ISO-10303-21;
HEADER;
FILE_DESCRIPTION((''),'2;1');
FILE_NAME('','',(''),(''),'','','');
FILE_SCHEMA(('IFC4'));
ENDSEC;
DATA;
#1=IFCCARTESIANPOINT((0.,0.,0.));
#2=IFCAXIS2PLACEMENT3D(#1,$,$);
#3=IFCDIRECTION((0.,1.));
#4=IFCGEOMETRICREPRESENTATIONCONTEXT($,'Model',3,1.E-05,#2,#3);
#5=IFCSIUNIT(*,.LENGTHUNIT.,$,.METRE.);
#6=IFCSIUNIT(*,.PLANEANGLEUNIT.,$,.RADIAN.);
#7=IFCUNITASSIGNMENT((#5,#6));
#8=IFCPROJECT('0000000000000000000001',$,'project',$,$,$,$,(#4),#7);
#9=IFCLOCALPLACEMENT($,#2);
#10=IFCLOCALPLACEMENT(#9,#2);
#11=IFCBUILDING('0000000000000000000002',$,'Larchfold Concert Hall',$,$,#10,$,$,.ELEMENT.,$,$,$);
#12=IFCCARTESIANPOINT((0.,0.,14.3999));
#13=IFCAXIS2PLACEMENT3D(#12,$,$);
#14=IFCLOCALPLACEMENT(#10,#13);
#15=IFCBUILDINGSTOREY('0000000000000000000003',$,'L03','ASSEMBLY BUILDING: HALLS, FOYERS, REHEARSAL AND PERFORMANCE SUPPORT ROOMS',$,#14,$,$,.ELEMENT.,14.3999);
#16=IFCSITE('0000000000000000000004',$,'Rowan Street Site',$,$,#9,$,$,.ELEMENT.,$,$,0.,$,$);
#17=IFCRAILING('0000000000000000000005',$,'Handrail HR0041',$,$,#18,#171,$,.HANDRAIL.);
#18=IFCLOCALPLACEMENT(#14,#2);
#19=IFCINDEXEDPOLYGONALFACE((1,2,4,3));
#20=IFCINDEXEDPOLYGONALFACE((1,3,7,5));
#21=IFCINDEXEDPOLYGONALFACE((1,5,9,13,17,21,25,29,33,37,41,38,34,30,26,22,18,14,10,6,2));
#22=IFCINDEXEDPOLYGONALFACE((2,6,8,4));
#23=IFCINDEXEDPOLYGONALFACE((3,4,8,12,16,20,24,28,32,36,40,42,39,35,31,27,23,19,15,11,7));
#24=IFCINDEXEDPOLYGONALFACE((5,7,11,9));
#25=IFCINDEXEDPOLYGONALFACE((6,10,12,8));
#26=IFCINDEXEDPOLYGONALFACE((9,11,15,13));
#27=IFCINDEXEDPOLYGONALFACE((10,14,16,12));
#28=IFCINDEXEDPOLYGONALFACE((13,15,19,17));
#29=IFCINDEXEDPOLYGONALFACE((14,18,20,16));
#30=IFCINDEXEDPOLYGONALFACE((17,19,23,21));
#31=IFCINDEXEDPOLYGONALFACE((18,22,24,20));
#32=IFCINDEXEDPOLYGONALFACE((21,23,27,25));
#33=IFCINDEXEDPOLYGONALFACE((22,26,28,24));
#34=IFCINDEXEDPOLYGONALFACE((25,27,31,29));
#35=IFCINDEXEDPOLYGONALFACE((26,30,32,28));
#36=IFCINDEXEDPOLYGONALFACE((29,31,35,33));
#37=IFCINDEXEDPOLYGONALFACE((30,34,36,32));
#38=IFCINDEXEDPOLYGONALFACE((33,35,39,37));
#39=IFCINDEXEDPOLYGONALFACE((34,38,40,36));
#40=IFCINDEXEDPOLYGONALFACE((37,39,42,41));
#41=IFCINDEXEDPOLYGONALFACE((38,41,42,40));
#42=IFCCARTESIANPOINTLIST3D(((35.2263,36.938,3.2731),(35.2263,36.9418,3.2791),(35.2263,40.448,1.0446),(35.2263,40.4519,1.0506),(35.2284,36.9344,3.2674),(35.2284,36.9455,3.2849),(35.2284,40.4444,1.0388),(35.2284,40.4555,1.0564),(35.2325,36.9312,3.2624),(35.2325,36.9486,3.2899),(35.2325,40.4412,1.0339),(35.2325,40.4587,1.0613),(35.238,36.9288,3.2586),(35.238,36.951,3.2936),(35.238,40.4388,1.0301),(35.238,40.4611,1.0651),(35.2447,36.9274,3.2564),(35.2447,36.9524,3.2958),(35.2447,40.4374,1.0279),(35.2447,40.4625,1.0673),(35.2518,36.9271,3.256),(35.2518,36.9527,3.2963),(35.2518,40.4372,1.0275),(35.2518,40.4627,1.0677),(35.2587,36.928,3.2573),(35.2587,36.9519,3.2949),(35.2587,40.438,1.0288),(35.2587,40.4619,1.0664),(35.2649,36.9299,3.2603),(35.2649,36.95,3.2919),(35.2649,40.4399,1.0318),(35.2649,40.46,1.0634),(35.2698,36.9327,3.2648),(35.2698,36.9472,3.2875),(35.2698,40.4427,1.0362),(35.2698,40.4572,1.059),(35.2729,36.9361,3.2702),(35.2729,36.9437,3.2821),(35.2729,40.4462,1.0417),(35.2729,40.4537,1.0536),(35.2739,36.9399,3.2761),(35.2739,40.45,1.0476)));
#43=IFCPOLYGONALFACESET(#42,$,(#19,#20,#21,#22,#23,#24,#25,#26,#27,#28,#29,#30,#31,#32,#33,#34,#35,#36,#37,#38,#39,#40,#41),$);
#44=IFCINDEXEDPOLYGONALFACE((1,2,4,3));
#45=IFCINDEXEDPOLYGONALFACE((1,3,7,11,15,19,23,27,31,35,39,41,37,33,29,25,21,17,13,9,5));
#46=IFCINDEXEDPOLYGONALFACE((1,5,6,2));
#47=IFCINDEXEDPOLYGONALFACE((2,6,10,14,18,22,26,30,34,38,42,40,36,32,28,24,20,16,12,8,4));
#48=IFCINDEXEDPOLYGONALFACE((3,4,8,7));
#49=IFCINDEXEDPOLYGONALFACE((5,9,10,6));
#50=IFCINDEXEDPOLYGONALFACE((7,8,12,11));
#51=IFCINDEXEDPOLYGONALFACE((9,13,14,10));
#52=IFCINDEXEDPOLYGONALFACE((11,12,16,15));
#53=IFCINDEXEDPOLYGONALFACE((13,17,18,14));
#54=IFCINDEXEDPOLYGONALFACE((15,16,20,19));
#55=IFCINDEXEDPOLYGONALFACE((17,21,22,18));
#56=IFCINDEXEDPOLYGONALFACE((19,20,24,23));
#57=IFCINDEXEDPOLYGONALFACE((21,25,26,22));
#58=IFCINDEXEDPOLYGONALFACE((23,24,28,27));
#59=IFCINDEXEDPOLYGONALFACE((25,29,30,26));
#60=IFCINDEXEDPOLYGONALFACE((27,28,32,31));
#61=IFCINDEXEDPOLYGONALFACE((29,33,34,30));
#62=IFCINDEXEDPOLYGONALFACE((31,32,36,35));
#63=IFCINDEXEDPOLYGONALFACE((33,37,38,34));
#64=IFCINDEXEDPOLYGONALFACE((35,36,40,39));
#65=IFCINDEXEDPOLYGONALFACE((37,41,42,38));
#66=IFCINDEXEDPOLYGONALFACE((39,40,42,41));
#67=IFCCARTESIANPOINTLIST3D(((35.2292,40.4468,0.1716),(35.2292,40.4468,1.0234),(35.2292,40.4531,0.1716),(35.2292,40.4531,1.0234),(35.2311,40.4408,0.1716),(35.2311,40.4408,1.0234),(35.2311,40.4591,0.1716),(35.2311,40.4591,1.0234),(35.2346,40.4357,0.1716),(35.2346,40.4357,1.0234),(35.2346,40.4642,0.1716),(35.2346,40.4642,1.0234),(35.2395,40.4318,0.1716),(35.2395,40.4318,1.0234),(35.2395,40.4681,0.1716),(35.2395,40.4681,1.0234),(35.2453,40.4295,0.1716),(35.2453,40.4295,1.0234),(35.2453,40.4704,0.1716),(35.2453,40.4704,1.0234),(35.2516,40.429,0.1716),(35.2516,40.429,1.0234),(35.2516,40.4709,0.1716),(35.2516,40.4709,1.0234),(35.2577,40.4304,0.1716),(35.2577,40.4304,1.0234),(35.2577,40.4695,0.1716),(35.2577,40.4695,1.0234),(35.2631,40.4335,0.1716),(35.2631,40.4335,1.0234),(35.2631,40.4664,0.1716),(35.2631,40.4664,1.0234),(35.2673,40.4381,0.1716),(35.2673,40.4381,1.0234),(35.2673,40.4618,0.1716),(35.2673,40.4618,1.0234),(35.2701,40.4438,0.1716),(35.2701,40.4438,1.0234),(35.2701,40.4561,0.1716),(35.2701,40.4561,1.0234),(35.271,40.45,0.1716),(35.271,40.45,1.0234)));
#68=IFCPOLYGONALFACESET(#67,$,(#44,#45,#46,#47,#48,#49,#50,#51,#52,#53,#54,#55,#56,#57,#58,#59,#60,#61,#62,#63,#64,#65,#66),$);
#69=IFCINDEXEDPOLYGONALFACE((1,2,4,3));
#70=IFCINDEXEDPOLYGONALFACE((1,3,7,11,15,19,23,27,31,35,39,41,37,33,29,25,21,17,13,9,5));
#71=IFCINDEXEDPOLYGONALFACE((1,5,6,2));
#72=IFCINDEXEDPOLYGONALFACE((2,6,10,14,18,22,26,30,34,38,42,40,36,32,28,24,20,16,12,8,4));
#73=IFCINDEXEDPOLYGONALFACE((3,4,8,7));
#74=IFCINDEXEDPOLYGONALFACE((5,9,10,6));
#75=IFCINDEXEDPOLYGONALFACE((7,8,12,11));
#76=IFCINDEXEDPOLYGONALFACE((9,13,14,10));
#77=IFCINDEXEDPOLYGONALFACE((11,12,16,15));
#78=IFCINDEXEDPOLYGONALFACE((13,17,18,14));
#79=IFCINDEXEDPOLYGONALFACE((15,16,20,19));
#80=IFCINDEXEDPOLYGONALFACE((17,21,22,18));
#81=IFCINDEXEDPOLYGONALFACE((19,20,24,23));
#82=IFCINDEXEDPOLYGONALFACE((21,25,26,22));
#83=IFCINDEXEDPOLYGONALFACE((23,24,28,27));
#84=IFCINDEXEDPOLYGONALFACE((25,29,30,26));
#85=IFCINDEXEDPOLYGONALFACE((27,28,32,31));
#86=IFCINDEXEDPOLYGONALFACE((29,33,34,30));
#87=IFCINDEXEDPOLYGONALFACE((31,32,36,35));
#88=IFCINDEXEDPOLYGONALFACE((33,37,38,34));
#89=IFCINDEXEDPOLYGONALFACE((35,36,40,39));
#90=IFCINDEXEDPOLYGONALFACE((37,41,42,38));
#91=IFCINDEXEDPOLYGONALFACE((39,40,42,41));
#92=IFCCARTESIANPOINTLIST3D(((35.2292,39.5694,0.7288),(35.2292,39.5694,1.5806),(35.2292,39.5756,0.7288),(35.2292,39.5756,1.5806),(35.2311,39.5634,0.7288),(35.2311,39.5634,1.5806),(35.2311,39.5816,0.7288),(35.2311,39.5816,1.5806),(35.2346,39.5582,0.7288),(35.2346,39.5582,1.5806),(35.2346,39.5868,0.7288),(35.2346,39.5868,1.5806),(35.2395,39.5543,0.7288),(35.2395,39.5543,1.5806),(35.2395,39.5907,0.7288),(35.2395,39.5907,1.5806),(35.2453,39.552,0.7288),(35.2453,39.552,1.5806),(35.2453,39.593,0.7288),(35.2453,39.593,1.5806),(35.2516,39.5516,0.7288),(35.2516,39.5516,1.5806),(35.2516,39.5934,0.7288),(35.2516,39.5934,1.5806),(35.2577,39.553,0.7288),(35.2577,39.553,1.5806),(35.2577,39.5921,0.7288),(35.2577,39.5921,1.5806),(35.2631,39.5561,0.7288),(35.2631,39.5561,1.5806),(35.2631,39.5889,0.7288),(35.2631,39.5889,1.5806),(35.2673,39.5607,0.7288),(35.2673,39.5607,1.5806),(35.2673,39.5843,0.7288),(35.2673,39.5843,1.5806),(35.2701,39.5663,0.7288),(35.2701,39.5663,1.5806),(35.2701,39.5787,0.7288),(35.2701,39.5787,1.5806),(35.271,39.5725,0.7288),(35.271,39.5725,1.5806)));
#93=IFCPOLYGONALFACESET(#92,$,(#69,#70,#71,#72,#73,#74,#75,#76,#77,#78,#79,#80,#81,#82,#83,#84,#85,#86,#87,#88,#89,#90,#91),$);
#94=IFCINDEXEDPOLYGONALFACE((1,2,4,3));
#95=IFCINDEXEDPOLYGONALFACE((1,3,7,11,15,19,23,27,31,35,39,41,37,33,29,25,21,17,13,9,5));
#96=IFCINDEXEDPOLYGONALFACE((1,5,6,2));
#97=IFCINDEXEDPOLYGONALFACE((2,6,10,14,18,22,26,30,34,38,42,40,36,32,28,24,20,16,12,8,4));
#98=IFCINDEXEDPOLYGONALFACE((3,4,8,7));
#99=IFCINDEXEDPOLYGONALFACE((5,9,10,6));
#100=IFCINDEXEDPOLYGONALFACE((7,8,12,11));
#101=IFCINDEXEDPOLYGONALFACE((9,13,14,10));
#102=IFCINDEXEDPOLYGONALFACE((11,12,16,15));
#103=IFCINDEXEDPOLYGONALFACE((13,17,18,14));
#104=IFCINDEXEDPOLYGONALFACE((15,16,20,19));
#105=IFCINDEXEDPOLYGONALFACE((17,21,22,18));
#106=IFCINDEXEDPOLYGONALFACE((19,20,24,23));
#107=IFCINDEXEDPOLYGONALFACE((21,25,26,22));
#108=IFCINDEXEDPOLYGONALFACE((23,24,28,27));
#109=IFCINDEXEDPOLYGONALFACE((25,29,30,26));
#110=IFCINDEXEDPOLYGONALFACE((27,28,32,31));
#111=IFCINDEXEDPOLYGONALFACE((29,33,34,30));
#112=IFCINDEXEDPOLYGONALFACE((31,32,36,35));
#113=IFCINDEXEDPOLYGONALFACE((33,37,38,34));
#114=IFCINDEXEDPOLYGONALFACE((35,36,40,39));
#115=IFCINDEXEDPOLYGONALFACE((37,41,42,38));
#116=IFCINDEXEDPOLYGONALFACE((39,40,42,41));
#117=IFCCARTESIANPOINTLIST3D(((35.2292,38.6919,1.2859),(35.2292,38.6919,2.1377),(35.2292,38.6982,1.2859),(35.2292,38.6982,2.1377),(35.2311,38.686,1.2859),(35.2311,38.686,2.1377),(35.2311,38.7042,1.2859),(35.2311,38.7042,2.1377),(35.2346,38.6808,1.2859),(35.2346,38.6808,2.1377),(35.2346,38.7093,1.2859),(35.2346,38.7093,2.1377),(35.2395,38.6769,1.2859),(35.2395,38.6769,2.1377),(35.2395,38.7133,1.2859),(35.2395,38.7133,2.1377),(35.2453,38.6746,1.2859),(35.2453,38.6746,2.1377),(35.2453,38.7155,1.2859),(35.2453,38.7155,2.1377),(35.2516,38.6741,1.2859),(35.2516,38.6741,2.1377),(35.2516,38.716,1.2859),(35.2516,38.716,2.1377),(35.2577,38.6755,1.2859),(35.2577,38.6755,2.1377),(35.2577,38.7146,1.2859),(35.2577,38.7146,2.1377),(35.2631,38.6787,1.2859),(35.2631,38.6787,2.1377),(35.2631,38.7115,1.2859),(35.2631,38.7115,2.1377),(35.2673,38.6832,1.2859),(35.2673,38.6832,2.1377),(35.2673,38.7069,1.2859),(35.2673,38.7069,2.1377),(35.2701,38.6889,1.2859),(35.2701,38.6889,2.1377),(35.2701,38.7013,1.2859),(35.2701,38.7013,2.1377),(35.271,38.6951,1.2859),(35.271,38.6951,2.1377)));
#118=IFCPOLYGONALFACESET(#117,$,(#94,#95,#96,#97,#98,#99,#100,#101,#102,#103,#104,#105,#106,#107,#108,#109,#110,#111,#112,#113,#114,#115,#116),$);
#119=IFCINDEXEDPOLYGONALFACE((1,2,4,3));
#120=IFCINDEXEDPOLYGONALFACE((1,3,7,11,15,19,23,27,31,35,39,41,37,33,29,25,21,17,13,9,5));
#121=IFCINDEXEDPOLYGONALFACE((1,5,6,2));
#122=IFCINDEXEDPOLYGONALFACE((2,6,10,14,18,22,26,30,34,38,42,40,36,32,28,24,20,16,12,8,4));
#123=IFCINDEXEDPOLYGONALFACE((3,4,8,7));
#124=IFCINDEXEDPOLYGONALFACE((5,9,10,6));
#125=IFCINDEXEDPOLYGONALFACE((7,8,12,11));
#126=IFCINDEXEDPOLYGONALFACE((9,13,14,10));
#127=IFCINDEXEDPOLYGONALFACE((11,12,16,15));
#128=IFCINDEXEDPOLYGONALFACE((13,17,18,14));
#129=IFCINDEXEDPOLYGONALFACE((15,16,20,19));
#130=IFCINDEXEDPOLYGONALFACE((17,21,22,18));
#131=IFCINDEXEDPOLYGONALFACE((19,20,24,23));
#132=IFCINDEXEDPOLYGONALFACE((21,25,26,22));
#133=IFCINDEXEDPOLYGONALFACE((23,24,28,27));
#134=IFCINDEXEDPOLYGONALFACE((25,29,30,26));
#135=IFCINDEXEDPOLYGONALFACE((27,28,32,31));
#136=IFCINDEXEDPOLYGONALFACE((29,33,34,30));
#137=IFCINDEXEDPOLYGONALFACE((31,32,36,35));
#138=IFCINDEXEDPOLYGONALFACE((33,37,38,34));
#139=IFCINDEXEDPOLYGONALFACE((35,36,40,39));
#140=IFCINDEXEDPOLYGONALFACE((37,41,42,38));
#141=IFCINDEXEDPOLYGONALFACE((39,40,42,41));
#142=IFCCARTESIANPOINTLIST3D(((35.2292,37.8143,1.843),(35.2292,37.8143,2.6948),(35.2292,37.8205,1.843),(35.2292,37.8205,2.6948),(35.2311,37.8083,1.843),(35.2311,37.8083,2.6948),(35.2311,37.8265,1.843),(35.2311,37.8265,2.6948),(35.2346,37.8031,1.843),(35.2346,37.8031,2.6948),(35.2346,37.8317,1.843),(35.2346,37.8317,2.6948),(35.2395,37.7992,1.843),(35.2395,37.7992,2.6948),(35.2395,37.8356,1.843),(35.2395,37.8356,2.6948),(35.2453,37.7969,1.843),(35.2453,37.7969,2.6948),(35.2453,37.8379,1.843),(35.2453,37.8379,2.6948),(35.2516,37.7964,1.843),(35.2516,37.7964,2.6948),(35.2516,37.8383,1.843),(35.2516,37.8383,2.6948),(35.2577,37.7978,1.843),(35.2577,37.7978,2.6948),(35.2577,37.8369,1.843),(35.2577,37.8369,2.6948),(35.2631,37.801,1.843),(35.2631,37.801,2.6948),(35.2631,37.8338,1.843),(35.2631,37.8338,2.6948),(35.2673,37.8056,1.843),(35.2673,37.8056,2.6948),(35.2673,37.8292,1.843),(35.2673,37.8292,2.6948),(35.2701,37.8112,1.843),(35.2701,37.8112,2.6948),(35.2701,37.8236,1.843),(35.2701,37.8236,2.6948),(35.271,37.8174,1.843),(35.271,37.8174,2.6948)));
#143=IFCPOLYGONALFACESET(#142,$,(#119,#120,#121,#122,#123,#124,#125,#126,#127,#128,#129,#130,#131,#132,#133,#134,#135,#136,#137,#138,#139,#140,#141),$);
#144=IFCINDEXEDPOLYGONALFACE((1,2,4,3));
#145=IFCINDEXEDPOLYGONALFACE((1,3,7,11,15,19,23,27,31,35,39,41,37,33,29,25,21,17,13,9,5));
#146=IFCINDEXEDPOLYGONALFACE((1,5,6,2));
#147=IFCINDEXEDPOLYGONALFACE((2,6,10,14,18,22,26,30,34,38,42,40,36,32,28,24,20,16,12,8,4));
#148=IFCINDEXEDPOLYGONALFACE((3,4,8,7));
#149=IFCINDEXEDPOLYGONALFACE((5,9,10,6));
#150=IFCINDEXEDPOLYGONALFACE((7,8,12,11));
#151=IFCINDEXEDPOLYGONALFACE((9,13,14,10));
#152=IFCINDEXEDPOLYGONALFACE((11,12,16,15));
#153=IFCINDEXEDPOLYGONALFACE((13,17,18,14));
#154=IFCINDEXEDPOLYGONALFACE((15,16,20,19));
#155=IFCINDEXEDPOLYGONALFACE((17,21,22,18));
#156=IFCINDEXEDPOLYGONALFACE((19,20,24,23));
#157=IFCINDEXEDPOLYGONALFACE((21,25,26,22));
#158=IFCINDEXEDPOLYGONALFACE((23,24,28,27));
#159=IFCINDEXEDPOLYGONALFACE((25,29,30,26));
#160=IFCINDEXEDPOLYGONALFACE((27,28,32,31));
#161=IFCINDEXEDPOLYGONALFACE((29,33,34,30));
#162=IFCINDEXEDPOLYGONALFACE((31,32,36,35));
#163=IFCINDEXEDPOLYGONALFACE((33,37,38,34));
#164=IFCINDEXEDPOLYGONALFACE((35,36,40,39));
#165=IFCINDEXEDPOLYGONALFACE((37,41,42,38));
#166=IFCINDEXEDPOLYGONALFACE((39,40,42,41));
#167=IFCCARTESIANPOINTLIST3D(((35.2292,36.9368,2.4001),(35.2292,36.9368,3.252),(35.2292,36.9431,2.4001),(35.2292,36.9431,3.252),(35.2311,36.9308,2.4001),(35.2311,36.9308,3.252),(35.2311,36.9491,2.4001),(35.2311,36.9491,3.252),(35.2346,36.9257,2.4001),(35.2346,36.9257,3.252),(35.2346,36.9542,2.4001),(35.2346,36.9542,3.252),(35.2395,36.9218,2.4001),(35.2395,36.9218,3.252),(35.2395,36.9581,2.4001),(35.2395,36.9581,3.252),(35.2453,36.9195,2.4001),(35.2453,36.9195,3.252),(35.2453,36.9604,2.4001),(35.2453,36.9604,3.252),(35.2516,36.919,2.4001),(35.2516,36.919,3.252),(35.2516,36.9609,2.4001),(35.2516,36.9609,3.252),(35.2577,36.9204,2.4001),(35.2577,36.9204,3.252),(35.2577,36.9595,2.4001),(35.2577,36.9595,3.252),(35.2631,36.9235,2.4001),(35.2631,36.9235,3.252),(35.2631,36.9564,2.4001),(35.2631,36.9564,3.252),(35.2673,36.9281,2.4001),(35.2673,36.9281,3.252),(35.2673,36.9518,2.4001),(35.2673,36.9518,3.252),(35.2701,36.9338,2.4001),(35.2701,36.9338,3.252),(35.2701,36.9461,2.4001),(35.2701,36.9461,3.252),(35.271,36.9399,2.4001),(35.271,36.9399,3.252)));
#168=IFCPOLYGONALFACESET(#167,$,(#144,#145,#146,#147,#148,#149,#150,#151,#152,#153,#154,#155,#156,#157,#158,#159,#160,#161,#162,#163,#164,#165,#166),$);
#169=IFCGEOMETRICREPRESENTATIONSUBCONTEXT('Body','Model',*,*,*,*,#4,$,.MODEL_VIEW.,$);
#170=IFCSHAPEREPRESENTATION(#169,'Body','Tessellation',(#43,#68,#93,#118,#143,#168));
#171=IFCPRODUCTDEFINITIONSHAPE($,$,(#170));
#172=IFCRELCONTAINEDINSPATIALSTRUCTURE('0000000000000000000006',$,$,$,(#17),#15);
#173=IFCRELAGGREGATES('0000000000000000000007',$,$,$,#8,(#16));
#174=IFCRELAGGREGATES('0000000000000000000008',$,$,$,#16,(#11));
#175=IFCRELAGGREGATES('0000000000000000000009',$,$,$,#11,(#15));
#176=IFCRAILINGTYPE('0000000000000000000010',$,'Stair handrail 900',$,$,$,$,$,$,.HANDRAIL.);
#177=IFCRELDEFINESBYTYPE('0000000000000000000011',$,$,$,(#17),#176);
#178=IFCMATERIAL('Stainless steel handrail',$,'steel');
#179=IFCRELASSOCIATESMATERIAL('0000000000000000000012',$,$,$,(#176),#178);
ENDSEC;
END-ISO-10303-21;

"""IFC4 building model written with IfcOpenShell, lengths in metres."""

from ifc_helpers import new_model, si_unit, direction, frame, origin, origin_2d, place, context, subcontext, project, spatial, circle, extrude, material, type_object, element, save


model = new_model("IFC4")

# Units and contexts
model_context = context("Model", 3, precision=1e-05, world=origin(), true_north=direction((0.0, 1.0)))
body_context = subcontext(model_context, "Body", "Model", "MODEL_VIEW")
ifc_project = project(units=[si_unit("LENGTHUNIT", "METRE"), si_unit("PLANEANGLEUNIT", "RADIAN")], contexts=[model_context])

# Site, building, storey
site_placement = place(None, origin())
site = spatial("IfcSite", under=ifc_project, at=site_placement, Name="Rowan Street Site", CompositionType="ELEMENT", RefElevation=0.0)
building_placement = place(site_placement, origin())
building = spatial("IfcBuilding", under=site, at=building_placement, Name="Larchfold Concert Hall", CompositionType="ELEMENT")
storey_placement = place(building_placement, frame((0.0, 0.0, 14.3999)))
storey = spatial("IfcBuildingStorey", under=building, at=storey_placement, Name="L03", Description="ASSEMBLY BUILDING: HALLS, FOYERS, REHEARSAL AND PERFORMANCE SUPPORT ROOMS", CompositionType="ELEMENT", Elevation=14.3999)

# Railing
ifc_material_1 = material(Name="Stainless steel handrail", Category="steel")
railing_type_1 = type_object("IfcRailingType", Name="Stair handrail 900", PredefinedType="HANDRAIL", material=ifc_material_1)
railing_1_placement = place(storey_placement, frame((35.25, 40.45, 0.1716)))
element("IfcRailing", 1, at=railing_1_placement, inside=storey, type_object=railing_type_1, Name="Handrail HR0041", PredefinedType="HANDRAIL", context=body_context, shape_type="SweptSolid", body=[
    extrude(circle(Radius=0.0239, at=origin_2d()), frame((0.0, 0.0, 0.876), z_axis=(0.0, -0.84422, 0.535998), x_axis=(1.0, 0.0, 0.0)), (0.0, 0.0, 1.0), 4.1577),
    extrude(circle(Radius=0.021, at=origin_2d()), origin(), (0.0, 0.0, 1.0), 0.8518),
    extrude(circle(Radius=0.021, at=origin_2d()), frame((0.0, -0.8774, 0.5571)), (0.0, 0.0, 1.0), 0.8518),
    extrude(circle(Radius=0.021, at=origin_2d()), frame((0.0, -1.7549, 1.1143)), (0.0, 0.0, 1.0), 0.8518),
    extrude(circle(Radius=0.021, at=origin_2d()), frame((0.0, -2.6326, 1.6714)), (0.0, 0.0, 1.0), 0.8518),
    extrude(circle(Radius=0.021, at=origin_2d()), frame((0.0, -3.51, 2.2285)), (0.0, 0.0, 1.0), 0.8518),
])

save(model, "model.ifc")
